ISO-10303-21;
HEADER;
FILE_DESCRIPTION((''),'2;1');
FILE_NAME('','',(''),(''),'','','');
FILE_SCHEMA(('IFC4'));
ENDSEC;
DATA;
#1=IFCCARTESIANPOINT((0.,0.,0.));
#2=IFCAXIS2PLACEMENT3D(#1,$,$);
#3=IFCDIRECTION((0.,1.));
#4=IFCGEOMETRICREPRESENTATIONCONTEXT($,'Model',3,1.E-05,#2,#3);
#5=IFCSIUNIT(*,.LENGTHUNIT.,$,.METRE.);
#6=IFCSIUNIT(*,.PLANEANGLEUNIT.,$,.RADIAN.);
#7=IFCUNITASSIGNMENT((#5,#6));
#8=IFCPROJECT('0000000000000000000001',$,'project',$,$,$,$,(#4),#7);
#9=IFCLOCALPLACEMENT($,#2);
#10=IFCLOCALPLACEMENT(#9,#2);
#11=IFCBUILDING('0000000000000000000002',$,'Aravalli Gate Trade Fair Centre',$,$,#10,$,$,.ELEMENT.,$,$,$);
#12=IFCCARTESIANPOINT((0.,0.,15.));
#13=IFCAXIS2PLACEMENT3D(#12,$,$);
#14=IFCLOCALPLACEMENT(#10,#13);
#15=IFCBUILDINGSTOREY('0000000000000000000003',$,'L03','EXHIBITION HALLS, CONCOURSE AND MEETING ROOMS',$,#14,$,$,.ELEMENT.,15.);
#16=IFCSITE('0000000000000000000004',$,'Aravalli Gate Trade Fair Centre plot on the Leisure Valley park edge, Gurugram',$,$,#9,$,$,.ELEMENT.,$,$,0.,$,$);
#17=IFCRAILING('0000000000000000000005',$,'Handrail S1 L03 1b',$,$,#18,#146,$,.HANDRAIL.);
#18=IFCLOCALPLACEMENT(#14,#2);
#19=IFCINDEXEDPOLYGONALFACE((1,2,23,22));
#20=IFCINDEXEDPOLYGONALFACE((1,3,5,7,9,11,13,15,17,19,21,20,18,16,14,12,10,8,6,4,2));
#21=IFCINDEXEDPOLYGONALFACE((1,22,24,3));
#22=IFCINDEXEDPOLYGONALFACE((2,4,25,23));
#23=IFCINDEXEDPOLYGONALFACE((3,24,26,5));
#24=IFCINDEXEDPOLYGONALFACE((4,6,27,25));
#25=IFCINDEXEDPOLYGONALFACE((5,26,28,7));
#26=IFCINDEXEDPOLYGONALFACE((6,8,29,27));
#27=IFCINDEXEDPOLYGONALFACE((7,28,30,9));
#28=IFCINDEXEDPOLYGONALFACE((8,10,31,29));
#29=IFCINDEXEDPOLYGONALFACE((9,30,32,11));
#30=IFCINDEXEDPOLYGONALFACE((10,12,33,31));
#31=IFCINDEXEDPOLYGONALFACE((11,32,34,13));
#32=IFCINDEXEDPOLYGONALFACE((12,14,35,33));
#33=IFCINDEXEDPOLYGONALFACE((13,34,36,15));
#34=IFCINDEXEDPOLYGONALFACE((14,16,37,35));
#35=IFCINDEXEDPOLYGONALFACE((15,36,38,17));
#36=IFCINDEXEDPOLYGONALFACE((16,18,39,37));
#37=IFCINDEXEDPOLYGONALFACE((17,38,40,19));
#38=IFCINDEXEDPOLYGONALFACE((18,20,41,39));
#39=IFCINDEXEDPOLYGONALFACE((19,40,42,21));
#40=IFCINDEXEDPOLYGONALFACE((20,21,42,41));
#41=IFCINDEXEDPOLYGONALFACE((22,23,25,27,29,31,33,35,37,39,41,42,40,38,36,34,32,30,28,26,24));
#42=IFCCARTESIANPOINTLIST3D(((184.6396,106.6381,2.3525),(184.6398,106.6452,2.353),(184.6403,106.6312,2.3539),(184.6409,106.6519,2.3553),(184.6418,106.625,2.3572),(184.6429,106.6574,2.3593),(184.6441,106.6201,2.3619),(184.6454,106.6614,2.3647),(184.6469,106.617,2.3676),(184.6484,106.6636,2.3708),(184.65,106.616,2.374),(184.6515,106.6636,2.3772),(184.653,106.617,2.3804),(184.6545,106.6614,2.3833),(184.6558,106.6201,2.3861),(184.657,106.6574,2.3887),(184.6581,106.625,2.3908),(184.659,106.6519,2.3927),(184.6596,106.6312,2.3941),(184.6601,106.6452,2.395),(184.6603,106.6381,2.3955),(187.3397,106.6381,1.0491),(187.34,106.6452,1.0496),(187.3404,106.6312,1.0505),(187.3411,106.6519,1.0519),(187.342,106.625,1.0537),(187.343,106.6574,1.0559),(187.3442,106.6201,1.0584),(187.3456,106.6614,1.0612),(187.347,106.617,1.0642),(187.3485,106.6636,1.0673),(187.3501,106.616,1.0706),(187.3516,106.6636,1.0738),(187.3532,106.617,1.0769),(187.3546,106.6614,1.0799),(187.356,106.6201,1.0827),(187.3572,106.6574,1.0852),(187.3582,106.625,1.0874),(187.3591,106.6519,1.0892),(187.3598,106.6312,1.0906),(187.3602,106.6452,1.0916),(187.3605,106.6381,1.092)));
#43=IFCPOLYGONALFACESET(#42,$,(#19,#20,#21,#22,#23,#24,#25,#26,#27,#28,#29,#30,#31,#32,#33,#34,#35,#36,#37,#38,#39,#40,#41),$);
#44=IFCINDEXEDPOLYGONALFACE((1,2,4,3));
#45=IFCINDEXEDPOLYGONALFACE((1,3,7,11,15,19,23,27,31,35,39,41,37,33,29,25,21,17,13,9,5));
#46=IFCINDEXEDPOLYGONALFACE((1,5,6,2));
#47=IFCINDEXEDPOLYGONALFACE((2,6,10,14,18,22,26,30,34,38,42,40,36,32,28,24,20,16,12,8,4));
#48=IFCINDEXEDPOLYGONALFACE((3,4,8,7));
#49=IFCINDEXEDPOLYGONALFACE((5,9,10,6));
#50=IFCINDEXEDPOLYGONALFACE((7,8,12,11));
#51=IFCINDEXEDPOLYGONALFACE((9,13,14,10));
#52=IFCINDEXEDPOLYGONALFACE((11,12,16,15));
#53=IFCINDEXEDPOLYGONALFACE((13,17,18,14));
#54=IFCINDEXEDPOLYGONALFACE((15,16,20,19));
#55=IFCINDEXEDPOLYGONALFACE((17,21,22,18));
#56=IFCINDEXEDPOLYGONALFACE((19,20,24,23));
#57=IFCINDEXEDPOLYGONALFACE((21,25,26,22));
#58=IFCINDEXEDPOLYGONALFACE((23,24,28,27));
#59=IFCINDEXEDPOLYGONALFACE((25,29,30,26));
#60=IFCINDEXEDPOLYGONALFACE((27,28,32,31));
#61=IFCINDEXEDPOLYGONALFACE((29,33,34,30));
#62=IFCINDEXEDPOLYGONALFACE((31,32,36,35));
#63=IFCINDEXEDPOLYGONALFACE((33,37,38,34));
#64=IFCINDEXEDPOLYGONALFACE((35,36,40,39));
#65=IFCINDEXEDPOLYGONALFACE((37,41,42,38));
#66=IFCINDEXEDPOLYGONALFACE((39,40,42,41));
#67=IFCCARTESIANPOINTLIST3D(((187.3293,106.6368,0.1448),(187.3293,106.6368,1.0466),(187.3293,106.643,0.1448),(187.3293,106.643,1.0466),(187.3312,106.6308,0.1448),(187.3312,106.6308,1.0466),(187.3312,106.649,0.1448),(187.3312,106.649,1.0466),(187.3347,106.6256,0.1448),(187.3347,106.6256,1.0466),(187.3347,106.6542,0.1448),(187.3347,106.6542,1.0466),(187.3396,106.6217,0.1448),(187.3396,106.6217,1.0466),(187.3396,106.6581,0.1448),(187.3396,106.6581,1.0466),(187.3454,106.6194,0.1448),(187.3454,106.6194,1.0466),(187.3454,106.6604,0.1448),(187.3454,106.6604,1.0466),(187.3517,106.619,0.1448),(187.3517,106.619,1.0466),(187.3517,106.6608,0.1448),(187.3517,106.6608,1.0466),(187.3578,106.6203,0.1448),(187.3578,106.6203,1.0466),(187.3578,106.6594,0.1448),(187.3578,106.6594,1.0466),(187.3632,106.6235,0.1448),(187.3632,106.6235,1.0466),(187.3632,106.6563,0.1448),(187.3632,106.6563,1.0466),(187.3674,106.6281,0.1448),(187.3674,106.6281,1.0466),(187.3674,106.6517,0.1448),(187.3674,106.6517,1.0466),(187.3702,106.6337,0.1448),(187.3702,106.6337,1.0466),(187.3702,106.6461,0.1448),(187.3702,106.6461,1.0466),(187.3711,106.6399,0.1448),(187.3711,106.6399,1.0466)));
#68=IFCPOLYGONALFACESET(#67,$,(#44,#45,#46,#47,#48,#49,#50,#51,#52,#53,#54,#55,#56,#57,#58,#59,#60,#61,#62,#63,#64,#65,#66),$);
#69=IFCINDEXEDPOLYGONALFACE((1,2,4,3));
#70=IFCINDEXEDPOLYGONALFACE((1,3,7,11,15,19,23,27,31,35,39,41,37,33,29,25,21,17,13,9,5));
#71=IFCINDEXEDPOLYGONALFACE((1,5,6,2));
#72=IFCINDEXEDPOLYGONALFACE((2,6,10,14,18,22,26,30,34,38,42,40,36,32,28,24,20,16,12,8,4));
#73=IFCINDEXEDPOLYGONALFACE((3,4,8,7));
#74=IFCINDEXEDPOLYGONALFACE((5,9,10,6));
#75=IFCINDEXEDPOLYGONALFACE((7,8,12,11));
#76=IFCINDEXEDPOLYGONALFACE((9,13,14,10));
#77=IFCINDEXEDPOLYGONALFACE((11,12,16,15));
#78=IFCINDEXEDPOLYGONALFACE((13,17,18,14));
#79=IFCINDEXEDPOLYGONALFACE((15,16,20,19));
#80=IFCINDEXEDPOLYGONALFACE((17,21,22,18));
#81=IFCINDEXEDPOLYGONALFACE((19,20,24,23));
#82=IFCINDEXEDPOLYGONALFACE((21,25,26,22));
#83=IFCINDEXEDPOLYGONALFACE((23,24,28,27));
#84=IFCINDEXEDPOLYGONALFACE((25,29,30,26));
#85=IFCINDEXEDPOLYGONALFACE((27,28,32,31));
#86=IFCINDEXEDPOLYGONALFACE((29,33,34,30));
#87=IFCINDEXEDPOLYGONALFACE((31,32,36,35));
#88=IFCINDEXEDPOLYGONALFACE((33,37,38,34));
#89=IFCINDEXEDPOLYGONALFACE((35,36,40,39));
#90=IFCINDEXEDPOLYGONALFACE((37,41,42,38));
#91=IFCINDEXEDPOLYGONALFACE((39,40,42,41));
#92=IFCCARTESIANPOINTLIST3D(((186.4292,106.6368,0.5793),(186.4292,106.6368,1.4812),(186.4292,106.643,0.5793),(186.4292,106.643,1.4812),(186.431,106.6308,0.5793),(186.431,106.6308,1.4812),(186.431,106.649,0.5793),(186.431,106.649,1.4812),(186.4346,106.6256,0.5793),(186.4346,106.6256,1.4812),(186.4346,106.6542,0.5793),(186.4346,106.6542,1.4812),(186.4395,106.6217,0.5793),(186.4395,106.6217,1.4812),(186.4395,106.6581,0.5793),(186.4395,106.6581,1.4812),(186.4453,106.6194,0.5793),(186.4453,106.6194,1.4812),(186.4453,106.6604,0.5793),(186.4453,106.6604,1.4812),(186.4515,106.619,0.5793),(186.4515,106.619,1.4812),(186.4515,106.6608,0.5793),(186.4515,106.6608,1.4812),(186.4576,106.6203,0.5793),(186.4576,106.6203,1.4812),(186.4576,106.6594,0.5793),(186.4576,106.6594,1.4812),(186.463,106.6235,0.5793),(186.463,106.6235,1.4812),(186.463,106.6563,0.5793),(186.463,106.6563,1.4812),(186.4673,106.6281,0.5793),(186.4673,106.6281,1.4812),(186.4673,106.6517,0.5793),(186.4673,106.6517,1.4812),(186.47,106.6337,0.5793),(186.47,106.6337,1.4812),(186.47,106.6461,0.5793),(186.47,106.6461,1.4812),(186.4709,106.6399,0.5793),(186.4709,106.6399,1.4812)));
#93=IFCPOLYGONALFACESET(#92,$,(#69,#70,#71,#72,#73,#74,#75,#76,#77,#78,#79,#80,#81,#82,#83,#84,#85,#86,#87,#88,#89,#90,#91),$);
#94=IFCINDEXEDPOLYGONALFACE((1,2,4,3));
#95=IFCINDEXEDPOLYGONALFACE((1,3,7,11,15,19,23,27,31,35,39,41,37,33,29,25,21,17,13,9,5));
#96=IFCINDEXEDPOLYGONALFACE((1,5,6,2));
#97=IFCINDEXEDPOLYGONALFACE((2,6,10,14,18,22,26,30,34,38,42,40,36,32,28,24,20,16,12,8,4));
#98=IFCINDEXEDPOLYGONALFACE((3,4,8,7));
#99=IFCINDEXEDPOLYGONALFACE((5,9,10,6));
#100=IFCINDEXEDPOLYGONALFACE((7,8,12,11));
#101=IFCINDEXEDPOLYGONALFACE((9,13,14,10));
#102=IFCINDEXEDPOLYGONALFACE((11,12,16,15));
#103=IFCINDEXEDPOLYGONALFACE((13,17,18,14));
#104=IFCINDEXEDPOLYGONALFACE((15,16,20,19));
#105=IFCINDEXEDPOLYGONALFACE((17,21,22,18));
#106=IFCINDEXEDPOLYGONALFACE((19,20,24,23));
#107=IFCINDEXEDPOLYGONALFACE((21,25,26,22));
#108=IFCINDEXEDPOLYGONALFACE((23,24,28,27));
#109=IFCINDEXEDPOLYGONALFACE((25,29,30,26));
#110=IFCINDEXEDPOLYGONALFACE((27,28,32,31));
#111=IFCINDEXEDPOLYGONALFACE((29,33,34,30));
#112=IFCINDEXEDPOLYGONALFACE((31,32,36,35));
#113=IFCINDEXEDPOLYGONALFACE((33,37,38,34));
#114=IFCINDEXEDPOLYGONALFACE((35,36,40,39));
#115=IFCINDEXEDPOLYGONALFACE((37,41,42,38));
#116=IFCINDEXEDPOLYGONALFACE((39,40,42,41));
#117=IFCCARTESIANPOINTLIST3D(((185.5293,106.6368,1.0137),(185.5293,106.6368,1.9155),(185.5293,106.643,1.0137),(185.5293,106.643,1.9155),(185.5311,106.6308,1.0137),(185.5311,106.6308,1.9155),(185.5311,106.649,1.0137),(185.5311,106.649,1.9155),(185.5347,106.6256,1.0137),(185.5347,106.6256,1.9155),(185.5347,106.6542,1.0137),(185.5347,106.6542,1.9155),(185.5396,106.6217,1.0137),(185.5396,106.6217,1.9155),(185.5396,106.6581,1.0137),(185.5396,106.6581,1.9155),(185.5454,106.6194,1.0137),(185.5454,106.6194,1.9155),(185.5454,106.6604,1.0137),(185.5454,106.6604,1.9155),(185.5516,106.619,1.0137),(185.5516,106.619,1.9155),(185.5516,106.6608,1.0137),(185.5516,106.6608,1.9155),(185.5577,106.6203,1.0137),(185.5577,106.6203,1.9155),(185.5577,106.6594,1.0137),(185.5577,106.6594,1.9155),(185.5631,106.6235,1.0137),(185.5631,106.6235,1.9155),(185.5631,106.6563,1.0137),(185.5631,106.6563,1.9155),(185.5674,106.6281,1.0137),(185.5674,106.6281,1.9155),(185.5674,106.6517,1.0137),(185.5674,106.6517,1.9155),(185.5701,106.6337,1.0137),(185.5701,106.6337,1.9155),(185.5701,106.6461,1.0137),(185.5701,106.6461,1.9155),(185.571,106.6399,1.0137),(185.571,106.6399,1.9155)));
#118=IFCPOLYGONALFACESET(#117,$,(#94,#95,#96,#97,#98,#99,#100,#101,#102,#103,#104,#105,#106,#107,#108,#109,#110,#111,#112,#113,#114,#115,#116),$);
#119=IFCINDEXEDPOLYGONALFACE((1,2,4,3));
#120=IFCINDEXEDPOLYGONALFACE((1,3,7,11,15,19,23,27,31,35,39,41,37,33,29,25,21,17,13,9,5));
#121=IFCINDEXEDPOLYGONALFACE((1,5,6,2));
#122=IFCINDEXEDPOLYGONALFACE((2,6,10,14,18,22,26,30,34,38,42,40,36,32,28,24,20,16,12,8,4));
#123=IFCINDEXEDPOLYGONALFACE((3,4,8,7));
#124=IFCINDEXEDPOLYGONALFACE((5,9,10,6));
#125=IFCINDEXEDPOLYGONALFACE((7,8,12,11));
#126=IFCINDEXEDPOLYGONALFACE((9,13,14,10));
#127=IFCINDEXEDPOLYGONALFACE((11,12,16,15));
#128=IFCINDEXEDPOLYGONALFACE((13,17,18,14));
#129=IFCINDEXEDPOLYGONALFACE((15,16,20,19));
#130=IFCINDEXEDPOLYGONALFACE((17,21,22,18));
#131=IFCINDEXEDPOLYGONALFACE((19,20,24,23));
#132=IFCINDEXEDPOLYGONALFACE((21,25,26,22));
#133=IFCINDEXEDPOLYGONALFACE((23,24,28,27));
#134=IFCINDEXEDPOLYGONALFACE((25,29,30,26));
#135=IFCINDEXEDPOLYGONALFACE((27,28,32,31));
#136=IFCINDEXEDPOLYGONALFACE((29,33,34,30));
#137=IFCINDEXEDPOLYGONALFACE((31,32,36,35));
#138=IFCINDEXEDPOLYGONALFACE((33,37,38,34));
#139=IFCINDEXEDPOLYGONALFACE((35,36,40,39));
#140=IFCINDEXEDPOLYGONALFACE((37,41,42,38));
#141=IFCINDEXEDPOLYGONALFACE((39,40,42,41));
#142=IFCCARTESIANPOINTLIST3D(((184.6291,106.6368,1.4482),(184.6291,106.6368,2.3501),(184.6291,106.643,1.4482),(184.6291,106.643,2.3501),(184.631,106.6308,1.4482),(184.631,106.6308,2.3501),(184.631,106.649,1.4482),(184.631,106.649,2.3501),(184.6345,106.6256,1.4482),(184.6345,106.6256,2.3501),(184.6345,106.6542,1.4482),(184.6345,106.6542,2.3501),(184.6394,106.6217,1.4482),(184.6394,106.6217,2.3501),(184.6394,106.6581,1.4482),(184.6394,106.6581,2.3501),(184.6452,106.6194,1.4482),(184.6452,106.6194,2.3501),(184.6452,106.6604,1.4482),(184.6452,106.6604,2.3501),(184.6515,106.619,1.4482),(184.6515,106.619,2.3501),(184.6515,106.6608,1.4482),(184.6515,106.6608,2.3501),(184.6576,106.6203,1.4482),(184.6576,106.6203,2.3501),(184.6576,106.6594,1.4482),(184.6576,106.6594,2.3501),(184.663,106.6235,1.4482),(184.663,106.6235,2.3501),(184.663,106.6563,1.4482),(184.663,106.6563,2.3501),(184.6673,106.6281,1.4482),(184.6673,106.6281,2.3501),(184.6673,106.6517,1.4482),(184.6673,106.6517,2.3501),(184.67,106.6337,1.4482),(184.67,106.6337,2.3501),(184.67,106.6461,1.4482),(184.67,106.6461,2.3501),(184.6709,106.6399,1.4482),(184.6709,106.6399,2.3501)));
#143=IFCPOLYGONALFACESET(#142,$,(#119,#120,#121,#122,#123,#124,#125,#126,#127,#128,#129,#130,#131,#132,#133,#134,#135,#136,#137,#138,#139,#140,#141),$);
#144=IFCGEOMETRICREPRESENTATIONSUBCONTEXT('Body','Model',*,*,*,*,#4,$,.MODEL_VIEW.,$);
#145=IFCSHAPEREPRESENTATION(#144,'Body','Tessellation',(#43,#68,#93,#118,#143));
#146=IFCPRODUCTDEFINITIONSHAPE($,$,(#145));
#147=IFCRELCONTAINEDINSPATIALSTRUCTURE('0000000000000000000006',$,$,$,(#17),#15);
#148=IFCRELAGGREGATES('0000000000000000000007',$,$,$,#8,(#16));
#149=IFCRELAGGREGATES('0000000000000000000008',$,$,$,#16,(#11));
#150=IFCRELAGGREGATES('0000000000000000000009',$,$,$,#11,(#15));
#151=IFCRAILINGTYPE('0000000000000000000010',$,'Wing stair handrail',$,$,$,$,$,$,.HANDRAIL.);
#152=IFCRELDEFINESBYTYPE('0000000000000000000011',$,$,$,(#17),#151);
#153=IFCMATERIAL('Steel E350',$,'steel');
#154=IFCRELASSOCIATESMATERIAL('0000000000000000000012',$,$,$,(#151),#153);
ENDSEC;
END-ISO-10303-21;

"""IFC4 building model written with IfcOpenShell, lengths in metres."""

from ifc_helpers import new_model, si_unit, direction, frame, origin, origin_2d, place, context, subcontext, project, spatial, circle, extrude, material, type_object, element, save


model = new_model("IFC4")

# Units and contexts
model_context = context("Model", 3, precision=1e-05, world=origin(), true_north=direction((0.0, 1.0)))
body_context = subcontext(model_context, "Body", "Model", "MODEL_VIEW")
ifc_project = project(units=[si_unit("LENGTHUNIT", "METRE"), si_unit("PLANEANGLEUNIT", "RADIAN")], contexts=[model_context])

# Site, building, storey
site_placement = place(None, origin())
site = spatial("IfcSite", under=ifc_project, at=site_placement, Name="Aravalli Gate Trade Fair Centre plot on the Leisure Valley park edge, Gurugram", CompositionType="ELEMENT", RefElevation=0.0)
building_placement = place(site_placement, origin())
building = spatial("IfcBuilding", under=site, at=building_placement, Name="Aravalli Gate Trade Fair Centre", CompositionType="ELEMENT")
storey_placement = place(building_placement, frame((0.0, 0.0, 15.0)))
storey = spatial("IfcBuildingStorey", under=building, at=storey_placement, Name="L03", Description="EXHIBITION HALLS, CONCOURSE AND MEETING ROOMS", CompositionType="ELEMENT", Elevation=15.0)

# Railing
ifc_material_1 = material(Name="Steel E350", Category="steel")
railing_type_1 = type_object("IfcRailingType", Name="Wing stair handrail", PredefinedType="HANDRAIL", material=ifc_material_1)
for number, where, name in (
    (1, (187.3501, 106.6399, 0.1448), "Handrail S1 L03 1b"),
):
    element("IfcRailing", number, at=place(storey_placement, frame(where)), inside=storey, type_object=railing_type_1, Name=name, PredefinedType="HANDRAIL", context=body_context, shape_type="SweptSolid", body=[
        extrude(circle(Radius=0.0239, at=origin_2d()), frame((0.0, 0.0, 0.9258), z_axis=(-0.900562, 0.0, 0.434729), x_axis=(0.0, -1.0, 0.0)), (0.0, 0.0, 1.0), 2.9983),
        extrude(circle(Radius=0.021, at=origin_2d()), origin(), (0.0, 0.0, 1.0), 0.9019),
        extrude(circle(Radius=0.021, at=origin_2d()), frame((-0.9001, 0.0, 0.4346)), (0.0, 0.0, 1.0), 0.9019),
        extrude(circle(Radius=0.021, at=origin_2d()), frame((-1.8, 0.0, 0.8689)), (0.0, 0.0, 1.0), 0.9019),
        extrude(circle(Radius=0.021, at=origin_2d()), frame((-2.7002, 0.0, 1.3035)), (0.0, 0.0, 1.0), 0.9019),
    ])

save(model, "model.ifc")
